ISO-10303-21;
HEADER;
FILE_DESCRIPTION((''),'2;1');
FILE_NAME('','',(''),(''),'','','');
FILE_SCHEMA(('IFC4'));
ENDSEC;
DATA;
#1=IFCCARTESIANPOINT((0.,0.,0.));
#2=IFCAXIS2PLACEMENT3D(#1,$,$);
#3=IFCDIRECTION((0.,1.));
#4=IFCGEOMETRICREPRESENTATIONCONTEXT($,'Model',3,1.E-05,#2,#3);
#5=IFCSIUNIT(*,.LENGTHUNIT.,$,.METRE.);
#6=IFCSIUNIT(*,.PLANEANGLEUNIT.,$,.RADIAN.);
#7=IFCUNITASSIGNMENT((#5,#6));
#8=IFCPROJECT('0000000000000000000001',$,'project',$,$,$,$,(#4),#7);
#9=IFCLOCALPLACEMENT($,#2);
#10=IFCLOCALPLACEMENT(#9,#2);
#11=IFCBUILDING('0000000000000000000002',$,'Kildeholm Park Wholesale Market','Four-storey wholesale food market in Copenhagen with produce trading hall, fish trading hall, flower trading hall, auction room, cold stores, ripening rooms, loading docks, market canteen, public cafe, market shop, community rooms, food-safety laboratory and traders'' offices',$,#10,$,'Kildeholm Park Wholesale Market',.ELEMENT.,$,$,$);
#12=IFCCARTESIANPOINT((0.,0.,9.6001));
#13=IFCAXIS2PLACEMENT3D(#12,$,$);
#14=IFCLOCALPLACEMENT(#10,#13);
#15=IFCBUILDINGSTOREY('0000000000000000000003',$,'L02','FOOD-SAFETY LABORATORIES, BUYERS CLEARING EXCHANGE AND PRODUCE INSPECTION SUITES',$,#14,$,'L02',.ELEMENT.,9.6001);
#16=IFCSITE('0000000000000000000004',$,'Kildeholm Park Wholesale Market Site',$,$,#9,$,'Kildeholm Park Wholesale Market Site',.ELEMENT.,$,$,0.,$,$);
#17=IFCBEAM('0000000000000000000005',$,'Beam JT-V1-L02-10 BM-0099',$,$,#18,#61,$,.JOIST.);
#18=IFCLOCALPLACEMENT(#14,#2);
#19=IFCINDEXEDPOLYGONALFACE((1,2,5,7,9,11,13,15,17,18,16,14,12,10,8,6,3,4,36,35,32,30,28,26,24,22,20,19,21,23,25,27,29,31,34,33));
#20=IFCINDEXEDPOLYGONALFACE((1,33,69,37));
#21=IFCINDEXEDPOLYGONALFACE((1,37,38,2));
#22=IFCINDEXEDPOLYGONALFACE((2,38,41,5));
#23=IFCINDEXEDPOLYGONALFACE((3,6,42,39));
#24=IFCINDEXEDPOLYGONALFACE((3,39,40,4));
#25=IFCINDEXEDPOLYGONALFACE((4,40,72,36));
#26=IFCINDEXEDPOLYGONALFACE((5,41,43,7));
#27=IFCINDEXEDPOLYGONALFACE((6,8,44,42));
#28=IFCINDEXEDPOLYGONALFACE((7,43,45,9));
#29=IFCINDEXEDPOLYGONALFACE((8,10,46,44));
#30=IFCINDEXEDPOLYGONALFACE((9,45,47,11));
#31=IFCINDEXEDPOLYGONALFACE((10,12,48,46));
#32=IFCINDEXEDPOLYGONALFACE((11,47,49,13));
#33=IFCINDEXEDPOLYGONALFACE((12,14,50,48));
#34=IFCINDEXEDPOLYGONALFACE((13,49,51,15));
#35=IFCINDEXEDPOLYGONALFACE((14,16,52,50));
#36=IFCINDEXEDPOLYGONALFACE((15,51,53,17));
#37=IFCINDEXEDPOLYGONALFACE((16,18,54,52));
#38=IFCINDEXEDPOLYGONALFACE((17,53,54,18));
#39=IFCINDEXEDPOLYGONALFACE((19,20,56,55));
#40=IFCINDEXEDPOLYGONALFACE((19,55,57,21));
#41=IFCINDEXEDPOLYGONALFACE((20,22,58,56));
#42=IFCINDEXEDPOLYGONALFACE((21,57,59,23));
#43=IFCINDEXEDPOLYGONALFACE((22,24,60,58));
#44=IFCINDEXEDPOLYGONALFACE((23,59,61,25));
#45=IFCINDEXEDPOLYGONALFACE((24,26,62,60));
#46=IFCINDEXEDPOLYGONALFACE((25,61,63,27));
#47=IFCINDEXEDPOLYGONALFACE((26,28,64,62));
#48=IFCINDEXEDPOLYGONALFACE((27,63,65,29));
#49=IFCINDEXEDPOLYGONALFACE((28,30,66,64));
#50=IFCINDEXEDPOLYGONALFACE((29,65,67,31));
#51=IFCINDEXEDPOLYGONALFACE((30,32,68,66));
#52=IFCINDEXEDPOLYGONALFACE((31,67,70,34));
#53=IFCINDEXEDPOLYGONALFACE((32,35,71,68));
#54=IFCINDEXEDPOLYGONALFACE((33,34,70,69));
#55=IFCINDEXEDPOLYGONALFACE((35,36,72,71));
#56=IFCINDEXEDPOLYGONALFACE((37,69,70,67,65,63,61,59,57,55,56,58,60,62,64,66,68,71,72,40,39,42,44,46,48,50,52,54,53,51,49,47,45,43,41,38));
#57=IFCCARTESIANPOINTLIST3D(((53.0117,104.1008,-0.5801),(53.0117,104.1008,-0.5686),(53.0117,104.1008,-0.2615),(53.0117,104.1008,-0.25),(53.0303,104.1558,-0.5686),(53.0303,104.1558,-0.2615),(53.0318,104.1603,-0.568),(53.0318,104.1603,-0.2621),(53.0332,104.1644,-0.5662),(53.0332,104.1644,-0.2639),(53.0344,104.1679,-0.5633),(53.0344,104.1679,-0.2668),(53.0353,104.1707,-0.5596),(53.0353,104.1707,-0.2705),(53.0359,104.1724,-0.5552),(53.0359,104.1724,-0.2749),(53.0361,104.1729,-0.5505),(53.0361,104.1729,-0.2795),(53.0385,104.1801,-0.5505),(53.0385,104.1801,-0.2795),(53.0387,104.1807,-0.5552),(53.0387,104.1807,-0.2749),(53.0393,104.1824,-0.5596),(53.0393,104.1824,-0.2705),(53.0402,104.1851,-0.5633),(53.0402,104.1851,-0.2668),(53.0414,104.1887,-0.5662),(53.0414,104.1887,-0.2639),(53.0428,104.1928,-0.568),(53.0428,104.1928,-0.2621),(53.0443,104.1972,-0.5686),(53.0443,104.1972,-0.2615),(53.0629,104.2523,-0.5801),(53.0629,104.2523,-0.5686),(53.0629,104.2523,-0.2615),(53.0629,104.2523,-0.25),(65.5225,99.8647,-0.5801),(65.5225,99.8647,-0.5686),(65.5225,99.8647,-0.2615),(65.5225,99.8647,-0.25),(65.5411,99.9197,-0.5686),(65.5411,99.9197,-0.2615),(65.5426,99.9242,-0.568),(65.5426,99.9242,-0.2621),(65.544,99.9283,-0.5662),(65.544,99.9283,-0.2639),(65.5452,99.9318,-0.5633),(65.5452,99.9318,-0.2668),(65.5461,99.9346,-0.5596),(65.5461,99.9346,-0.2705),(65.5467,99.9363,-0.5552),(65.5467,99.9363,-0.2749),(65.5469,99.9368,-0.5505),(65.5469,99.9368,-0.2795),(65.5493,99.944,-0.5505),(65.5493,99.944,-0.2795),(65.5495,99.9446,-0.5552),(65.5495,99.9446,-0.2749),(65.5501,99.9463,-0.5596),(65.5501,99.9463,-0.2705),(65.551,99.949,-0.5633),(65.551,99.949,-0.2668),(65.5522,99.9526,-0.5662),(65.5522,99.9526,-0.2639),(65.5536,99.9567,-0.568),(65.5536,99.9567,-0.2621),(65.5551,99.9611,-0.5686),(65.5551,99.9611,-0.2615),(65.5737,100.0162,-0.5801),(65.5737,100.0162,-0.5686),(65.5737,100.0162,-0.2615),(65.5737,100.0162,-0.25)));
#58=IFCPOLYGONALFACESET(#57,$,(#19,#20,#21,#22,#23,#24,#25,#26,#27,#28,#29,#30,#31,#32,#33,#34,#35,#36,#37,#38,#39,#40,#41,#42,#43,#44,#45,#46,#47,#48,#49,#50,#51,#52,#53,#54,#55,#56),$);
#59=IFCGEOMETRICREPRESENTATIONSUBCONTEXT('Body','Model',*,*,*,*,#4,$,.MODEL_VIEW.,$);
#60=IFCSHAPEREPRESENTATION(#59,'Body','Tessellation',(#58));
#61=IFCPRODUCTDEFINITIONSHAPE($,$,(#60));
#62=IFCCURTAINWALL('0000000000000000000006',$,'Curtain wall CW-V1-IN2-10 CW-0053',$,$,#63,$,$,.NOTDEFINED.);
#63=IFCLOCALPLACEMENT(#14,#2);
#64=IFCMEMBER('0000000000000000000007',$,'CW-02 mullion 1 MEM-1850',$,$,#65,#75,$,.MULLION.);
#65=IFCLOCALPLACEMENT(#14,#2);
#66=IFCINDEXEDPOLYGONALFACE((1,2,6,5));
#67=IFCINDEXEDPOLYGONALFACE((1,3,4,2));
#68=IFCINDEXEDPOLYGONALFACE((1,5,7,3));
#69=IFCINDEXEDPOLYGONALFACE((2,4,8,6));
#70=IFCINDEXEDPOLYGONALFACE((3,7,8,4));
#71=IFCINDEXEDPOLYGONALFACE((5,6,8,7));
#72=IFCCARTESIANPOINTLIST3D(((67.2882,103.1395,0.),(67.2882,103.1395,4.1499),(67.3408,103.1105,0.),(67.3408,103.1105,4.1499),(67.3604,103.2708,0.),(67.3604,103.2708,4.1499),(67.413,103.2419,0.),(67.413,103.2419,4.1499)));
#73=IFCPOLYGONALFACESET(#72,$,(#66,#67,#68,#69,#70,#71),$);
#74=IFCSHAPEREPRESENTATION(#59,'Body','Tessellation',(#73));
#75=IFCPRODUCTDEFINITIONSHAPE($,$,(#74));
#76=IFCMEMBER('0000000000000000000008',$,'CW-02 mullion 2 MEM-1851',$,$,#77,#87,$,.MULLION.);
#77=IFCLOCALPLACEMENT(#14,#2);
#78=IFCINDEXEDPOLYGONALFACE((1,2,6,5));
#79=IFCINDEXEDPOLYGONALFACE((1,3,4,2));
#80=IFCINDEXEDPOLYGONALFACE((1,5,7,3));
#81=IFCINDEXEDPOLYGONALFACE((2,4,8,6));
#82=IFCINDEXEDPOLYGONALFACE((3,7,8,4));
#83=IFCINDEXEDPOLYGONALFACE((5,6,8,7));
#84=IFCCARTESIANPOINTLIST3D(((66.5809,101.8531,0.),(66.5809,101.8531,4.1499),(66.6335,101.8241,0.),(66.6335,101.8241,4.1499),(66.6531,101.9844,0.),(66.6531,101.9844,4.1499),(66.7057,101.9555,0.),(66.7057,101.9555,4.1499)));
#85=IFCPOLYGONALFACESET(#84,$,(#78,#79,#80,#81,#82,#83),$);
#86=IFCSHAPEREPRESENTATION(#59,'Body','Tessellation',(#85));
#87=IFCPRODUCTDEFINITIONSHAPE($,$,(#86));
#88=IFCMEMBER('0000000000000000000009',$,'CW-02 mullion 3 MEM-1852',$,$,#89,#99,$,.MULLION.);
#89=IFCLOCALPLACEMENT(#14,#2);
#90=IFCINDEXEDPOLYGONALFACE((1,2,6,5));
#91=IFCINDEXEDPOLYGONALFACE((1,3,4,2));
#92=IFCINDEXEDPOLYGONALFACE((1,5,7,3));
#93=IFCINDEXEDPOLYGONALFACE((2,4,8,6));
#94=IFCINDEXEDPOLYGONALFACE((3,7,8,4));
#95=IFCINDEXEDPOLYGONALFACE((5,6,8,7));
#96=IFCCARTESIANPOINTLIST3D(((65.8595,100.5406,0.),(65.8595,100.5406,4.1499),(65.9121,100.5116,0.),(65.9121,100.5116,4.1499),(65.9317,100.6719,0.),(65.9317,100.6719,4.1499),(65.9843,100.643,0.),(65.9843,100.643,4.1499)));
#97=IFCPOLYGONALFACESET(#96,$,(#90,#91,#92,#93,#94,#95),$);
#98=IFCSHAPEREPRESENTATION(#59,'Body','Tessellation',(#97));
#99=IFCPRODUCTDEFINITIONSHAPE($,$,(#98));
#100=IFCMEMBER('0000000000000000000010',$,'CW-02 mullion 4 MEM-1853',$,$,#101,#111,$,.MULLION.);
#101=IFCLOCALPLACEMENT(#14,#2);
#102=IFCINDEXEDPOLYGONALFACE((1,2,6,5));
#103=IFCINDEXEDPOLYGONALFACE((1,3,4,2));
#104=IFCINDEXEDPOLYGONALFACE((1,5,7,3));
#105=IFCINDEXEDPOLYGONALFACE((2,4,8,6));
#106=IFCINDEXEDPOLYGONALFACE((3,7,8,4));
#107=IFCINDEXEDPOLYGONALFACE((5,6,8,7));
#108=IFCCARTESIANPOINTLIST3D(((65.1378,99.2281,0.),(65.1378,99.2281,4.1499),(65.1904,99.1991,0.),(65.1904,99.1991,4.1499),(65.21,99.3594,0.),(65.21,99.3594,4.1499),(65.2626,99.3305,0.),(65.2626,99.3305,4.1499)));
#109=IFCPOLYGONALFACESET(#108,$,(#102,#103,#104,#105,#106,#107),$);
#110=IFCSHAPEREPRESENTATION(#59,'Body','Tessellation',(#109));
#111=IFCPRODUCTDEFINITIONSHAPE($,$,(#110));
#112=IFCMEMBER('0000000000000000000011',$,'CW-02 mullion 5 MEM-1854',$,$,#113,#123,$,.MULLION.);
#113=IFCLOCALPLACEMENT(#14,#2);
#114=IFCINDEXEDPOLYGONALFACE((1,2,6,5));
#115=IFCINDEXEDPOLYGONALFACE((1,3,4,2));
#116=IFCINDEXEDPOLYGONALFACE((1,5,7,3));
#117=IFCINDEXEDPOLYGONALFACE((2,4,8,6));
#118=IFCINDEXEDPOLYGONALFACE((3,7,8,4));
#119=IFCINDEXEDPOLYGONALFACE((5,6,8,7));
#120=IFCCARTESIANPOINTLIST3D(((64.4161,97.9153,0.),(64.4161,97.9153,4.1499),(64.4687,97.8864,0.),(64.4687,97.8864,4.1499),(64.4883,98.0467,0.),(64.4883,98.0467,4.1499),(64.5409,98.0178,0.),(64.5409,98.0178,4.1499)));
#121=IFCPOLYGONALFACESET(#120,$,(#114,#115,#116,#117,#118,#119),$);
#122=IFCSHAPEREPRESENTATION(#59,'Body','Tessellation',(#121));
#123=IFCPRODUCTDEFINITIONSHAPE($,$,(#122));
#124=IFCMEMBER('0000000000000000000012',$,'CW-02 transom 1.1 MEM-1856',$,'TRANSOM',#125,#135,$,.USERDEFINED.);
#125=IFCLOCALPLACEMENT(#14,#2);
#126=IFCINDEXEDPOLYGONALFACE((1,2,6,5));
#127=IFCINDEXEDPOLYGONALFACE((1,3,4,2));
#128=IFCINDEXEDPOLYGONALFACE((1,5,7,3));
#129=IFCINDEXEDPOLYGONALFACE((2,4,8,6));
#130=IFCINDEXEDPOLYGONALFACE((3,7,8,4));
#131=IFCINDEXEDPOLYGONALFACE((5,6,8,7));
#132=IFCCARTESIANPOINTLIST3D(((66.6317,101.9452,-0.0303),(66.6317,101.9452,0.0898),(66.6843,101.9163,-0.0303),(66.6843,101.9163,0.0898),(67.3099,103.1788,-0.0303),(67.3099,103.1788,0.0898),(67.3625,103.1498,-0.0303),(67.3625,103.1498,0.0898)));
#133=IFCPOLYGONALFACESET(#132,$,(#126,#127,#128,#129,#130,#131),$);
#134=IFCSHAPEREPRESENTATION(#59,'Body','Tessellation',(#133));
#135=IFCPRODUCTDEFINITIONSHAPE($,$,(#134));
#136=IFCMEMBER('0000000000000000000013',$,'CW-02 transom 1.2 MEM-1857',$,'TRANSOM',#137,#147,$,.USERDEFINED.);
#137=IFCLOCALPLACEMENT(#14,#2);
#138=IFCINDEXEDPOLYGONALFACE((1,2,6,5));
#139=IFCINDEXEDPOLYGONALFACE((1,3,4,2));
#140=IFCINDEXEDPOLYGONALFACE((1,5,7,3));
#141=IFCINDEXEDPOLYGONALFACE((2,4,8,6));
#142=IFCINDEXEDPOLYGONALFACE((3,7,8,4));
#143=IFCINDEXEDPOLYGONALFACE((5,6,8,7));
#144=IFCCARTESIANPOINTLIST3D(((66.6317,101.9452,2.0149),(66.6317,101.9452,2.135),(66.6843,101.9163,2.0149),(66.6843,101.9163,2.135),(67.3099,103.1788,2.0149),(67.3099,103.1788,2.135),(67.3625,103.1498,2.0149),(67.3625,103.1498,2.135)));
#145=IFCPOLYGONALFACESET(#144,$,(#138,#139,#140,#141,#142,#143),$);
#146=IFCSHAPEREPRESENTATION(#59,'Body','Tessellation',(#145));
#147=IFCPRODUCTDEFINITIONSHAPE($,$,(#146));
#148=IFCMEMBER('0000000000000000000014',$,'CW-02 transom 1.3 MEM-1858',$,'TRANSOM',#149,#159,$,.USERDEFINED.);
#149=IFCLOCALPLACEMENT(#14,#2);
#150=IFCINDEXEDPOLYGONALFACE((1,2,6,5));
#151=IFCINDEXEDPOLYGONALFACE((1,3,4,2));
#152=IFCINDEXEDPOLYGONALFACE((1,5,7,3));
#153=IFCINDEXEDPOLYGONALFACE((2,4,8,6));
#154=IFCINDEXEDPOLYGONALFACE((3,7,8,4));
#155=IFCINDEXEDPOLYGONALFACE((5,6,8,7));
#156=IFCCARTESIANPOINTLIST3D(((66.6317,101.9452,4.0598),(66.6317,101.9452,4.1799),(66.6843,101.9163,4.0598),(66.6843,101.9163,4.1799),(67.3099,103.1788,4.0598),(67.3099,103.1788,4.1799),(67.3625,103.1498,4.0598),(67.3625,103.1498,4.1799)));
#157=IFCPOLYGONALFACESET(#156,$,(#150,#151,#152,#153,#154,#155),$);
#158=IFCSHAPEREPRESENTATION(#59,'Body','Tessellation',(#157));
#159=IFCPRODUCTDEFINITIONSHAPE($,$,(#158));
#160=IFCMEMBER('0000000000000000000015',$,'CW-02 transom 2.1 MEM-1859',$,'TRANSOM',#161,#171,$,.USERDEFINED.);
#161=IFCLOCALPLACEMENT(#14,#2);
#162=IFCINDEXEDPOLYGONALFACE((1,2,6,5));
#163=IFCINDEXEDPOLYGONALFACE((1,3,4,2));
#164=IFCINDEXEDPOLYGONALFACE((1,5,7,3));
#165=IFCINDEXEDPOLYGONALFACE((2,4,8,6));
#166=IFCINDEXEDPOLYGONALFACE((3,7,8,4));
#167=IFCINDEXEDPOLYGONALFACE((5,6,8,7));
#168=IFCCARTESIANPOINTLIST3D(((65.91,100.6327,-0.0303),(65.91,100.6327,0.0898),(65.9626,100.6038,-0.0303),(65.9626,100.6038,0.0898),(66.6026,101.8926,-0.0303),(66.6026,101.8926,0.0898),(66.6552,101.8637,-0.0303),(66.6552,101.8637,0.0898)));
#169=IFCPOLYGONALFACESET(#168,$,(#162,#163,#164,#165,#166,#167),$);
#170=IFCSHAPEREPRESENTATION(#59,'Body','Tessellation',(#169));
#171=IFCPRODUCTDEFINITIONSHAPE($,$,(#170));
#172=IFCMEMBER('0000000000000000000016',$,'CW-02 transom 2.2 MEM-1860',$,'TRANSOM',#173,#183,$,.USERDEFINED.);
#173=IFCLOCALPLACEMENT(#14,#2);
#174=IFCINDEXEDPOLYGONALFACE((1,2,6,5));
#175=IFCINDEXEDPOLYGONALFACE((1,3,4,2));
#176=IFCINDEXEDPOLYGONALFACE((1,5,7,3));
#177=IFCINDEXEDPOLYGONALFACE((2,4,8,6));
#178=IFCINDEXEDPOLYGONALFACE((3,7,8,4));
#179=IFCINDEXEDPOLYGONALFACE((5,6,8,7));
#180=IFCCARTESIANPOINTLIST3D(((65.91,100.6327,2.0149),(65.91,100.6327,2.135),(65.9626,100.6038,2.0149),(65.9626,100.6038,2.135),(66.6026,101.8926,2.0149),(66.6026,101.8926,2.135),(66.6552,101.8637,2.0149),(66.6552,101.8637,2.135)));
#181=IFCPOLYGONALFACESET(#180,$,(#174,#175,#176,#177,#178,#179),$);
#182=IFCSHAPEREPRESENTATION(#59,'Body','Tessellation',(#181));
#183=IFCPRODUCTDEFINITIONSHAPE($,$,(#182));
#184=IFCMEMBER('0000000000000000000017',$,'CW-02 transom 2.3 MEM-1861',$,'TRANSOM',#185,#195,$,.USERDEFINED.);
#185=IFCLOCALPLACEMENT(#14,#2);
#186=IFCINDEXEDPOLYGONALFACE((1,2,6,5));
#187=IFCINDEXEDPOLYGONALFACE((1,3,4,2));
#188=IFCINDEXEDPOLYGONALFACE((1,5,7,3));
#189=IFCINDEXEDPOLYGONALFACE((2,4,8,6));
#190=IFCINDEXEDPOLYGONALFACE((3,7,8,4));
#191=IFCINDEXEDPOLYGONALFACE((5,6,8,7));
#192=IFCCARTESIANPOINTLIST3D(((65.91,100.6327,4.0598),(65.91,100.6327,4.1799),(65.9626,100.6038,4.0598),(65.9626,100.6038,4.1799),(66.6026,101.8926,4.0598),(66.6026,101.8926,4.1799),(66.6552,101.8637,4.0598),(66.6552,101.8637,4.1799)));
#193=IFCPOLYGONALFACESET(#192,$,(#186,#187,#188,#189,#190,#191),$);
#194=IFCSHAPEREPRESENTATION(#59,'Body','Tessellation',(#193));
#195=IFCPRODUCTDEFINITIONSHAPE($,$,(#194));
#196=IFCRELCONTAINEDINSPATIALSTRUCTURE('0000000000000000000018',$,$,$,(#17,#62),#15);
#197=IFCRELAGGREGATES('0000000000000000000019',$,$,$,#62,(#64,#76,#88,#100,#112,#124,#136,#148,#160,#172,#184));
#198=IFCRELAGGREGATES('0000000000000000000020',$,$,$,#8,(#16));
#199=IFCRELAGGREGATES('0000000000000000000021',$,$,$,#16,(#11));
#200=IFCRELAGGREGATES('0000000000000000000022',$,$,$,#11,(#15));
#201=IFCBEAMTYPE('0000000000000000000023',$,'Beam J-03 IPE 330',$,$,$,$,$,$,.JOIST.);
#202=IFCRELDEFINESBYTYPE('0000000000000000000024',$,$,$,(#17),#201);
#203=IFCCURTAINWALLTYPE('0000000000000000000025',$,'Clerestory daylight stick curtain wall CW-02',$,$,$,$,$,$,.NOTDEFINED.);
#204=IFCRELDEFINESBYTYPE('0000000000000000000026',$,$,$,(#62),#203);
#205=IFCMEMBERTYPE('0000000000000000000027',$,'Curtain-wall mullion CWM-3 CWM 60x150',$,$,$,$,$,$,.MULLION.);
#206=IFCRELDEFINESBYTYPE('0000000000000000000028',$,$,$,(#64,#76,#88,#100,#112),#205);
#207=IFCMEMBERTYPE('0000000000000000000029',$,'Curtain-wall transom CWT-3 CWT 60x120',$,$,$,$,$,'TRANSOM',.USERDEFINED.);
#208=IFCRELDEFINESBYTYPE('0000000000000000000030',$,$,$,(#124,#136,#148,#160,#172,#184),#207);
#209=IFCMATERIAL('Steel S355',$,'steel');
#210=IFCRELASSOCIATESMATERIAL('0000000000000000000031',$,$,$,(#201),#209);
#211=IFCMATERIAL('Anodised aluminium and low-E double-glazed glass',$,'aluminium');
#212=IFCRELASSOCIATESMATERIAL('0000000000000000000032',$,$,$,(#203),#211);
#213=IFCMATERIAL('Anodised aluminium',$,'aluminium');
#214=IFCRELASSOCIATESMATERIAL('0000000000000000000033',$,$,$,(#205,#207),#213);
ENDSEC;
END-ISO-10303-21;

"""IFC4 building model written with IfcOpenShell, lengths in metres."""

from ifc_helpers import new_model, si_unit, direction, frame, origin, origin_2d, place, context, subcontext, project, spatial, rectangle, i_section, extrude, material, material_profile, profile_set, type_object, element, aggregate, save


model = new_model("IFC4")

# Units and contexts
model_context = context("Model", 3, precision=1e-05, world=origin(), true_north=direction((0.0, 1.0)))
body_context = subcontext(model_context, "Body", "Model", "MODEL_VIEW")
ifc_project = project(units=[si_unit("LENGTHUNIT", "METRE"), si_unit("PLANEANGLEUNIT", "RADIAN")], contexts=[model_context])

# Site, building, storey
site_placement = place(None, origin())
site = spatial("IfcSite", under=ifc_project, at=site_placement, Name="Kildeholm Park Wholesale Market Site", LongName="Kildeholm Park Wholesale Market Site", CompositionType="ELEMENT", RefElevation=0.0)
building_placement = place(site_placement, origin())
building = spatial("IfcBuilding", under=site, at=building_placement, Name="Kildeholm Park Wholesale Market", Description="Four-storey wholesale food market in Copenhagen with produce trading hall, fish trading hall, flower trading hall, auction room, cold stores, ripening rooms, loading docks, market canteen, public cafe, market shop, community rooms, food-safety laboratory and traders' offices", LongName="Kildeholm Park Wholesale Market", CompositionType="ELEMENT")
storey_placement = place(building_placement, frame((0.0, 0.0, 9.6001)))
storey = spatial("IfcBuildingStorey", under=building, at=storey_placement, Name="L02", Description="FOOD-SAFETY LABORATORIES, BUYERS CLEARING EXCHANGE AND PRODUCE INSPECTION SUITES", LongName="L02", CompositionType="ELEMENT", Elevation=9.6001)

# Beam
ifc_material_1 = material(Name="Steel S355", Category="steel")
ifc_material_profile_1 = material_profile(ifc_material_1, i_section(OverallWidth=0.1599, OverallDepth=0.3301, WebThickness=0.0076, FlangeThickness=0.0115, FilletRadius=0.0181, at=origin_2d()), Name="IPE 330")
ifc_profile_set_1 = profile_set([ifc_material_profile_1], Name="Steel S355")
beam_type = type_object("IfcBeamType", Name="Beam J-03 IPE 330", PredefinedType="JOIST", material=ifc_profile_set_1)
beam_placement = place(storey_placement, frame((65.5481, 99.9404, -0.415), z_axis=(-0.947177, 0.32071, 0.0), x_axis=(-0.32071, -0.947177, 0.0)))
element("IfcBeam", 1, at=beam_placement, inside=storey, type_object=beam_type, Name="Beam JT-V1-L02-10 BM-0099", PredefinedType="JOIST", context=body_context, shape_type="SweptSolid", body=[
    extrude(i_section(OverallWidth=0.1599, OverallDepth=0.3301, WebThickness=0.0076, FlangeThickness=0.0115, FilletRadius=0.0181, at=origin_2d()), origin(), (0.0, 0.0, 1.0), 13.2085),
])

# Curtain wall, members
ifc_material_2 = material(Name="Anodised aluminium and low-E double-glazed glass", Category="aluminium")
curtain_wall_type = type_object("IfcCurtainWallType", Name="Clerestory daylight stick curtain wall CW-02", PredefinedType="NOTDEFINED", material=ifc_material_2)
curtain_wall_placement = place(storey_placement, origin())
curtain_wall = element("IfcCurtainWall", 2, at=curtain_wall_placement, inside=storey, type_object=curtain_wall_type, Name="Curtain wall CW-V1-IN2-10 CW-0053", PredefinedType="NOTDEFINED")
ifc_material_3 = material(Name="Anodised aluminium", Category="aluminium")
ifc_material_profile_2 = material_profile(ifc_material_3, rectangle(XDim=0.0601, YDim=0.1499, at=origin_2d()), Name="CWM 60x150")
ifc_profile_set_2 = profile_set([ifc_material_profile_2], Name="Anodised aluminium")
member_type_1 = type_object("IfcMemberType", Name="Curtain-wall mullion CWM-3 CWM 60x150", PredefinedType="MULLION", material=ifc_profile_set_2)
member_1_placement = place(storey_placement, frame((67.3506, 103.1907, 0.0), z_axis=(0.0, 0.0, 1.0), x_axis=(0.876309, -0.48175, 0.0)))
member_1 = element("IfcMember", 3, at=member_1_placement, type_object=member_type_1, Name="CW-02 mullion 1 MEM-1850", PredefinedType="MULLION", context=body_context, shape_type="SweptSolid", body=[
    extrude(rectangle(XDim=0.0601, YDim=0.1499, at=origin_2d()), origin(), (0.0, 0.0, 1.0), 4.1499),
])
member_2_placement = place(storey_placement, frame((66.6433, 101.9043, 0.0), z_axis=(0.0, 0.0, 1.0), x_axis=(0.876309, -0.48175, 0.0)))
member_2 = element("IfcMember", 4, at=member_2_placement, type_object=member_type_1, Name="CW-02 mullion 2 MEM-1851", PredefinedType="MULLION", context=body_context, shape_type="SweptSolid", body=[
    extrude(rectangle(XDim=0.0601, YDim=0.1499, at=origin_2d()), origin(), (0.0, 0.0, 1.0), 4.1499),
])
member_3_placement = place(storey_placement, frame((65.9219, 100.5918, 0.0), z_axis=(0.0, 0.0, 1.0), x_axis=(0.876309, -0.48175, 0.0)))
member_3 = element("IfcMember", 5, at=member_3_placement, type_object=member_type_1, Name="CW-02 mullion 3 MEM-1852", PredefinedType="MULLION", context=body_context, shape_type="SweptSolid", body=[
    extrude(rectangle(XDim=0.0601, YDim=0.1499, at=origin_2d()), origin(), (0.0, 0.0, 1.0), 4.1499),
])
member_4_placement = place(storey_placement, frame((65.2002, 99.2793, 0.0), z_axis=(0.0, 0.0, 1.0), x_axis=(0.876309, -0.48175, 0.0)))
member_4 = element("IfcMember", 6, at=member_4_placement, type_object=member_type_1, Name="CW-02 mullion 4 MEM-1853", PredefinedType="MULLION", context=body_context, shape_type="SweptSolid", body=[
    extrude(rectangle(XDim=0.0601, YDim=0.1499, at=origin_2d()), origin(), (0.0, 0.0, 1.0), 4.1499),
])
member_5_placement = place(storey_placement, frame((64.4785, 97.9666, 0.0), z_axis=(0.0, 0.0, 1.0), x_axis=(0.876309, -0.48175, 0.0)))
member_5 = element("IfcMember", 7, at=member_5_placement, type_object=member_type_1, Name="CW-02 mullion 5 MEM-1854", PredefinedType="MULLION", context=body_context, shape_type="SweptSolid", body=[
    extrude(rectangle(XDim=0.0601, YDim=0.1499, at=origin_2d()), origin(), (0.0, 0.0, 1.0), 4.1499),
])
ifc_material_profile_3 = material_profile(ifc_material_3, rectangle(XDim=0.0601, YDim=0.1201, at=origin_2d()), Name="CWT 60x120")
ifc_profile_set_3 = profile_set([ifc_material_profile_3], Name="Anodised aluminium")
member_type_2 = type_object("IfcMemberType", Name="Curtain-wall transom CWT-3 CWT 60x120", ElementType="TRANSOM", PredefinedType="USERDEFINED", material=ifc_profile_set_3)
member_6_placement = place(storey_placement, frame((67.3362, 103.1643, 0.0298), z_axis=(-0.481766, -0.8763, 0.0), x_axis=(0.8763, -0.481766, 0.0)))
member_6 = element("IfcMember", 8, at=member_6_placement, type_object=member_type_2, Name="CW-02 transom 1.1 MEM-1856", ObjectType="TRANSOM", PredefinedType="USERDEFINED", context=body_context, shape_type="SweptSolid", body=[
    extrude(rectangle(XDim=0.0601, YDim=0.1201, at=origin_2d()), origin(), (0.0, 0.0, 1.0), 1.4077),
])
member_7_placement = place(storey_placement, frame((67.3362, 103.1643, 2.075), z_axis=(-0.481766, -0.8763, 0.0), x_axis=(0.8763, -0.481766, 0.0)))
member_7 = element("IfcMember", 9, at=member_7_placement, type_object=member_type_2, Name="CW-02 transom 1.2 MEM-1857", ObjectType="TRANSOM", PredefinedType="USERDEFINED", context=body_context, shape_type="SweptSolid", body=[
    extrude(rectangle(XDim=0.0601, YDim=0.1201, at=origin_2d()), origin(), (0.0, 0.0, 1.0), 1.4077),
])
member_8_placement = place(storey_placement, frame((67.3362, 103.1643, 4.1199), z_axis=(-0.481766, -0.8763, 0.0), x_axis=(0.8763, -0.481766, 0.0)))
member_8 = element("IfcMember", 10, at=member_8_placement, type_object=member_type_2, Name="CW-02 transom 1.3 MEM-1858", ObjectType="TRANSOM", PredefinedType="USERDEFINED", context=body_context, shape_type="SweptSolid", body=[
    extrude(rectangle(XDim=0.0601, YDim=0.1201, at=origin_2d()), origin(), (0.0, 0.0, 1.0), 1.4077),
])
member_9_placement = place(storey_placement, frame((66.6289, 101.8782, 0.0298), z_axis=(-0.481717, -0.876327, 0.0), x_axis=(0.876327, -0.481717, 0.0)))
member_9 = element("IfcMember", 11, at=member_9_placement, type_object=member_type_2, Name="CW-02 transom 2.1 MEM-1859", ObjectType="TRANSOM", PredefinedType="USERDEFINED", context=body_context, shape_type="SweptSolid", body=[
    extrude(rectangle(XDim=0.0601, YDim=0.1201, at=origin_2d()), origin(), (0.0, 0.0, 1.0), 1.4377),
])
member_10_placement = place(storey_placement, frame((66.6289, 101.8782, 2.075), z_axis=(-0.481717, -0.876327, 0.0), x_axis=(0.876327, -0.481717, 0.0)))
member_10 = element("IfcMember", 12, at=member_10_placement, type_object=member_type_2, Name="CW-02 transom 2.2 MEM-1860", ObjectType="TRANSOM", PredefinedType="USERDEFINED", context=body_context, shape_type="SweptSolid", body=[
    extrude(rectangle(XDim=0.0601, YDim=0.1201, at=origin_2d()), origin(), (0.0, 0.0, 1.0), 1.4377),
])
member_11_placement = place(storey_placement, frame((66.6289, 101.8782, 4.1199), z_axis=(-0.481717, -0.876327, 0.0), x_axis=(0.876327, -0.481717, 0.0)))
member_11 = element("IfcMember", 13, at=member_11_placement, type_object=member_type_2, Name="CW-02 transom 2.3 MEM-1861", ObjectType="TRANSOM", PredefinedType="USERDEFINED", context=body_context, shape_type="SweptSolid", body=[
    extrude(rectangle(XDim=0.0601, YDim=0.1201, at=origin_2d()), origin(), (0.0, 0.0, 1.0), 1.4377),
])
aggregate(curtain_wall, [member_1, member_2, member_3, member_4, member_5, member_6, member_7, member_8, member_9, member_10, member_11])

save(model, "model.ifc")
